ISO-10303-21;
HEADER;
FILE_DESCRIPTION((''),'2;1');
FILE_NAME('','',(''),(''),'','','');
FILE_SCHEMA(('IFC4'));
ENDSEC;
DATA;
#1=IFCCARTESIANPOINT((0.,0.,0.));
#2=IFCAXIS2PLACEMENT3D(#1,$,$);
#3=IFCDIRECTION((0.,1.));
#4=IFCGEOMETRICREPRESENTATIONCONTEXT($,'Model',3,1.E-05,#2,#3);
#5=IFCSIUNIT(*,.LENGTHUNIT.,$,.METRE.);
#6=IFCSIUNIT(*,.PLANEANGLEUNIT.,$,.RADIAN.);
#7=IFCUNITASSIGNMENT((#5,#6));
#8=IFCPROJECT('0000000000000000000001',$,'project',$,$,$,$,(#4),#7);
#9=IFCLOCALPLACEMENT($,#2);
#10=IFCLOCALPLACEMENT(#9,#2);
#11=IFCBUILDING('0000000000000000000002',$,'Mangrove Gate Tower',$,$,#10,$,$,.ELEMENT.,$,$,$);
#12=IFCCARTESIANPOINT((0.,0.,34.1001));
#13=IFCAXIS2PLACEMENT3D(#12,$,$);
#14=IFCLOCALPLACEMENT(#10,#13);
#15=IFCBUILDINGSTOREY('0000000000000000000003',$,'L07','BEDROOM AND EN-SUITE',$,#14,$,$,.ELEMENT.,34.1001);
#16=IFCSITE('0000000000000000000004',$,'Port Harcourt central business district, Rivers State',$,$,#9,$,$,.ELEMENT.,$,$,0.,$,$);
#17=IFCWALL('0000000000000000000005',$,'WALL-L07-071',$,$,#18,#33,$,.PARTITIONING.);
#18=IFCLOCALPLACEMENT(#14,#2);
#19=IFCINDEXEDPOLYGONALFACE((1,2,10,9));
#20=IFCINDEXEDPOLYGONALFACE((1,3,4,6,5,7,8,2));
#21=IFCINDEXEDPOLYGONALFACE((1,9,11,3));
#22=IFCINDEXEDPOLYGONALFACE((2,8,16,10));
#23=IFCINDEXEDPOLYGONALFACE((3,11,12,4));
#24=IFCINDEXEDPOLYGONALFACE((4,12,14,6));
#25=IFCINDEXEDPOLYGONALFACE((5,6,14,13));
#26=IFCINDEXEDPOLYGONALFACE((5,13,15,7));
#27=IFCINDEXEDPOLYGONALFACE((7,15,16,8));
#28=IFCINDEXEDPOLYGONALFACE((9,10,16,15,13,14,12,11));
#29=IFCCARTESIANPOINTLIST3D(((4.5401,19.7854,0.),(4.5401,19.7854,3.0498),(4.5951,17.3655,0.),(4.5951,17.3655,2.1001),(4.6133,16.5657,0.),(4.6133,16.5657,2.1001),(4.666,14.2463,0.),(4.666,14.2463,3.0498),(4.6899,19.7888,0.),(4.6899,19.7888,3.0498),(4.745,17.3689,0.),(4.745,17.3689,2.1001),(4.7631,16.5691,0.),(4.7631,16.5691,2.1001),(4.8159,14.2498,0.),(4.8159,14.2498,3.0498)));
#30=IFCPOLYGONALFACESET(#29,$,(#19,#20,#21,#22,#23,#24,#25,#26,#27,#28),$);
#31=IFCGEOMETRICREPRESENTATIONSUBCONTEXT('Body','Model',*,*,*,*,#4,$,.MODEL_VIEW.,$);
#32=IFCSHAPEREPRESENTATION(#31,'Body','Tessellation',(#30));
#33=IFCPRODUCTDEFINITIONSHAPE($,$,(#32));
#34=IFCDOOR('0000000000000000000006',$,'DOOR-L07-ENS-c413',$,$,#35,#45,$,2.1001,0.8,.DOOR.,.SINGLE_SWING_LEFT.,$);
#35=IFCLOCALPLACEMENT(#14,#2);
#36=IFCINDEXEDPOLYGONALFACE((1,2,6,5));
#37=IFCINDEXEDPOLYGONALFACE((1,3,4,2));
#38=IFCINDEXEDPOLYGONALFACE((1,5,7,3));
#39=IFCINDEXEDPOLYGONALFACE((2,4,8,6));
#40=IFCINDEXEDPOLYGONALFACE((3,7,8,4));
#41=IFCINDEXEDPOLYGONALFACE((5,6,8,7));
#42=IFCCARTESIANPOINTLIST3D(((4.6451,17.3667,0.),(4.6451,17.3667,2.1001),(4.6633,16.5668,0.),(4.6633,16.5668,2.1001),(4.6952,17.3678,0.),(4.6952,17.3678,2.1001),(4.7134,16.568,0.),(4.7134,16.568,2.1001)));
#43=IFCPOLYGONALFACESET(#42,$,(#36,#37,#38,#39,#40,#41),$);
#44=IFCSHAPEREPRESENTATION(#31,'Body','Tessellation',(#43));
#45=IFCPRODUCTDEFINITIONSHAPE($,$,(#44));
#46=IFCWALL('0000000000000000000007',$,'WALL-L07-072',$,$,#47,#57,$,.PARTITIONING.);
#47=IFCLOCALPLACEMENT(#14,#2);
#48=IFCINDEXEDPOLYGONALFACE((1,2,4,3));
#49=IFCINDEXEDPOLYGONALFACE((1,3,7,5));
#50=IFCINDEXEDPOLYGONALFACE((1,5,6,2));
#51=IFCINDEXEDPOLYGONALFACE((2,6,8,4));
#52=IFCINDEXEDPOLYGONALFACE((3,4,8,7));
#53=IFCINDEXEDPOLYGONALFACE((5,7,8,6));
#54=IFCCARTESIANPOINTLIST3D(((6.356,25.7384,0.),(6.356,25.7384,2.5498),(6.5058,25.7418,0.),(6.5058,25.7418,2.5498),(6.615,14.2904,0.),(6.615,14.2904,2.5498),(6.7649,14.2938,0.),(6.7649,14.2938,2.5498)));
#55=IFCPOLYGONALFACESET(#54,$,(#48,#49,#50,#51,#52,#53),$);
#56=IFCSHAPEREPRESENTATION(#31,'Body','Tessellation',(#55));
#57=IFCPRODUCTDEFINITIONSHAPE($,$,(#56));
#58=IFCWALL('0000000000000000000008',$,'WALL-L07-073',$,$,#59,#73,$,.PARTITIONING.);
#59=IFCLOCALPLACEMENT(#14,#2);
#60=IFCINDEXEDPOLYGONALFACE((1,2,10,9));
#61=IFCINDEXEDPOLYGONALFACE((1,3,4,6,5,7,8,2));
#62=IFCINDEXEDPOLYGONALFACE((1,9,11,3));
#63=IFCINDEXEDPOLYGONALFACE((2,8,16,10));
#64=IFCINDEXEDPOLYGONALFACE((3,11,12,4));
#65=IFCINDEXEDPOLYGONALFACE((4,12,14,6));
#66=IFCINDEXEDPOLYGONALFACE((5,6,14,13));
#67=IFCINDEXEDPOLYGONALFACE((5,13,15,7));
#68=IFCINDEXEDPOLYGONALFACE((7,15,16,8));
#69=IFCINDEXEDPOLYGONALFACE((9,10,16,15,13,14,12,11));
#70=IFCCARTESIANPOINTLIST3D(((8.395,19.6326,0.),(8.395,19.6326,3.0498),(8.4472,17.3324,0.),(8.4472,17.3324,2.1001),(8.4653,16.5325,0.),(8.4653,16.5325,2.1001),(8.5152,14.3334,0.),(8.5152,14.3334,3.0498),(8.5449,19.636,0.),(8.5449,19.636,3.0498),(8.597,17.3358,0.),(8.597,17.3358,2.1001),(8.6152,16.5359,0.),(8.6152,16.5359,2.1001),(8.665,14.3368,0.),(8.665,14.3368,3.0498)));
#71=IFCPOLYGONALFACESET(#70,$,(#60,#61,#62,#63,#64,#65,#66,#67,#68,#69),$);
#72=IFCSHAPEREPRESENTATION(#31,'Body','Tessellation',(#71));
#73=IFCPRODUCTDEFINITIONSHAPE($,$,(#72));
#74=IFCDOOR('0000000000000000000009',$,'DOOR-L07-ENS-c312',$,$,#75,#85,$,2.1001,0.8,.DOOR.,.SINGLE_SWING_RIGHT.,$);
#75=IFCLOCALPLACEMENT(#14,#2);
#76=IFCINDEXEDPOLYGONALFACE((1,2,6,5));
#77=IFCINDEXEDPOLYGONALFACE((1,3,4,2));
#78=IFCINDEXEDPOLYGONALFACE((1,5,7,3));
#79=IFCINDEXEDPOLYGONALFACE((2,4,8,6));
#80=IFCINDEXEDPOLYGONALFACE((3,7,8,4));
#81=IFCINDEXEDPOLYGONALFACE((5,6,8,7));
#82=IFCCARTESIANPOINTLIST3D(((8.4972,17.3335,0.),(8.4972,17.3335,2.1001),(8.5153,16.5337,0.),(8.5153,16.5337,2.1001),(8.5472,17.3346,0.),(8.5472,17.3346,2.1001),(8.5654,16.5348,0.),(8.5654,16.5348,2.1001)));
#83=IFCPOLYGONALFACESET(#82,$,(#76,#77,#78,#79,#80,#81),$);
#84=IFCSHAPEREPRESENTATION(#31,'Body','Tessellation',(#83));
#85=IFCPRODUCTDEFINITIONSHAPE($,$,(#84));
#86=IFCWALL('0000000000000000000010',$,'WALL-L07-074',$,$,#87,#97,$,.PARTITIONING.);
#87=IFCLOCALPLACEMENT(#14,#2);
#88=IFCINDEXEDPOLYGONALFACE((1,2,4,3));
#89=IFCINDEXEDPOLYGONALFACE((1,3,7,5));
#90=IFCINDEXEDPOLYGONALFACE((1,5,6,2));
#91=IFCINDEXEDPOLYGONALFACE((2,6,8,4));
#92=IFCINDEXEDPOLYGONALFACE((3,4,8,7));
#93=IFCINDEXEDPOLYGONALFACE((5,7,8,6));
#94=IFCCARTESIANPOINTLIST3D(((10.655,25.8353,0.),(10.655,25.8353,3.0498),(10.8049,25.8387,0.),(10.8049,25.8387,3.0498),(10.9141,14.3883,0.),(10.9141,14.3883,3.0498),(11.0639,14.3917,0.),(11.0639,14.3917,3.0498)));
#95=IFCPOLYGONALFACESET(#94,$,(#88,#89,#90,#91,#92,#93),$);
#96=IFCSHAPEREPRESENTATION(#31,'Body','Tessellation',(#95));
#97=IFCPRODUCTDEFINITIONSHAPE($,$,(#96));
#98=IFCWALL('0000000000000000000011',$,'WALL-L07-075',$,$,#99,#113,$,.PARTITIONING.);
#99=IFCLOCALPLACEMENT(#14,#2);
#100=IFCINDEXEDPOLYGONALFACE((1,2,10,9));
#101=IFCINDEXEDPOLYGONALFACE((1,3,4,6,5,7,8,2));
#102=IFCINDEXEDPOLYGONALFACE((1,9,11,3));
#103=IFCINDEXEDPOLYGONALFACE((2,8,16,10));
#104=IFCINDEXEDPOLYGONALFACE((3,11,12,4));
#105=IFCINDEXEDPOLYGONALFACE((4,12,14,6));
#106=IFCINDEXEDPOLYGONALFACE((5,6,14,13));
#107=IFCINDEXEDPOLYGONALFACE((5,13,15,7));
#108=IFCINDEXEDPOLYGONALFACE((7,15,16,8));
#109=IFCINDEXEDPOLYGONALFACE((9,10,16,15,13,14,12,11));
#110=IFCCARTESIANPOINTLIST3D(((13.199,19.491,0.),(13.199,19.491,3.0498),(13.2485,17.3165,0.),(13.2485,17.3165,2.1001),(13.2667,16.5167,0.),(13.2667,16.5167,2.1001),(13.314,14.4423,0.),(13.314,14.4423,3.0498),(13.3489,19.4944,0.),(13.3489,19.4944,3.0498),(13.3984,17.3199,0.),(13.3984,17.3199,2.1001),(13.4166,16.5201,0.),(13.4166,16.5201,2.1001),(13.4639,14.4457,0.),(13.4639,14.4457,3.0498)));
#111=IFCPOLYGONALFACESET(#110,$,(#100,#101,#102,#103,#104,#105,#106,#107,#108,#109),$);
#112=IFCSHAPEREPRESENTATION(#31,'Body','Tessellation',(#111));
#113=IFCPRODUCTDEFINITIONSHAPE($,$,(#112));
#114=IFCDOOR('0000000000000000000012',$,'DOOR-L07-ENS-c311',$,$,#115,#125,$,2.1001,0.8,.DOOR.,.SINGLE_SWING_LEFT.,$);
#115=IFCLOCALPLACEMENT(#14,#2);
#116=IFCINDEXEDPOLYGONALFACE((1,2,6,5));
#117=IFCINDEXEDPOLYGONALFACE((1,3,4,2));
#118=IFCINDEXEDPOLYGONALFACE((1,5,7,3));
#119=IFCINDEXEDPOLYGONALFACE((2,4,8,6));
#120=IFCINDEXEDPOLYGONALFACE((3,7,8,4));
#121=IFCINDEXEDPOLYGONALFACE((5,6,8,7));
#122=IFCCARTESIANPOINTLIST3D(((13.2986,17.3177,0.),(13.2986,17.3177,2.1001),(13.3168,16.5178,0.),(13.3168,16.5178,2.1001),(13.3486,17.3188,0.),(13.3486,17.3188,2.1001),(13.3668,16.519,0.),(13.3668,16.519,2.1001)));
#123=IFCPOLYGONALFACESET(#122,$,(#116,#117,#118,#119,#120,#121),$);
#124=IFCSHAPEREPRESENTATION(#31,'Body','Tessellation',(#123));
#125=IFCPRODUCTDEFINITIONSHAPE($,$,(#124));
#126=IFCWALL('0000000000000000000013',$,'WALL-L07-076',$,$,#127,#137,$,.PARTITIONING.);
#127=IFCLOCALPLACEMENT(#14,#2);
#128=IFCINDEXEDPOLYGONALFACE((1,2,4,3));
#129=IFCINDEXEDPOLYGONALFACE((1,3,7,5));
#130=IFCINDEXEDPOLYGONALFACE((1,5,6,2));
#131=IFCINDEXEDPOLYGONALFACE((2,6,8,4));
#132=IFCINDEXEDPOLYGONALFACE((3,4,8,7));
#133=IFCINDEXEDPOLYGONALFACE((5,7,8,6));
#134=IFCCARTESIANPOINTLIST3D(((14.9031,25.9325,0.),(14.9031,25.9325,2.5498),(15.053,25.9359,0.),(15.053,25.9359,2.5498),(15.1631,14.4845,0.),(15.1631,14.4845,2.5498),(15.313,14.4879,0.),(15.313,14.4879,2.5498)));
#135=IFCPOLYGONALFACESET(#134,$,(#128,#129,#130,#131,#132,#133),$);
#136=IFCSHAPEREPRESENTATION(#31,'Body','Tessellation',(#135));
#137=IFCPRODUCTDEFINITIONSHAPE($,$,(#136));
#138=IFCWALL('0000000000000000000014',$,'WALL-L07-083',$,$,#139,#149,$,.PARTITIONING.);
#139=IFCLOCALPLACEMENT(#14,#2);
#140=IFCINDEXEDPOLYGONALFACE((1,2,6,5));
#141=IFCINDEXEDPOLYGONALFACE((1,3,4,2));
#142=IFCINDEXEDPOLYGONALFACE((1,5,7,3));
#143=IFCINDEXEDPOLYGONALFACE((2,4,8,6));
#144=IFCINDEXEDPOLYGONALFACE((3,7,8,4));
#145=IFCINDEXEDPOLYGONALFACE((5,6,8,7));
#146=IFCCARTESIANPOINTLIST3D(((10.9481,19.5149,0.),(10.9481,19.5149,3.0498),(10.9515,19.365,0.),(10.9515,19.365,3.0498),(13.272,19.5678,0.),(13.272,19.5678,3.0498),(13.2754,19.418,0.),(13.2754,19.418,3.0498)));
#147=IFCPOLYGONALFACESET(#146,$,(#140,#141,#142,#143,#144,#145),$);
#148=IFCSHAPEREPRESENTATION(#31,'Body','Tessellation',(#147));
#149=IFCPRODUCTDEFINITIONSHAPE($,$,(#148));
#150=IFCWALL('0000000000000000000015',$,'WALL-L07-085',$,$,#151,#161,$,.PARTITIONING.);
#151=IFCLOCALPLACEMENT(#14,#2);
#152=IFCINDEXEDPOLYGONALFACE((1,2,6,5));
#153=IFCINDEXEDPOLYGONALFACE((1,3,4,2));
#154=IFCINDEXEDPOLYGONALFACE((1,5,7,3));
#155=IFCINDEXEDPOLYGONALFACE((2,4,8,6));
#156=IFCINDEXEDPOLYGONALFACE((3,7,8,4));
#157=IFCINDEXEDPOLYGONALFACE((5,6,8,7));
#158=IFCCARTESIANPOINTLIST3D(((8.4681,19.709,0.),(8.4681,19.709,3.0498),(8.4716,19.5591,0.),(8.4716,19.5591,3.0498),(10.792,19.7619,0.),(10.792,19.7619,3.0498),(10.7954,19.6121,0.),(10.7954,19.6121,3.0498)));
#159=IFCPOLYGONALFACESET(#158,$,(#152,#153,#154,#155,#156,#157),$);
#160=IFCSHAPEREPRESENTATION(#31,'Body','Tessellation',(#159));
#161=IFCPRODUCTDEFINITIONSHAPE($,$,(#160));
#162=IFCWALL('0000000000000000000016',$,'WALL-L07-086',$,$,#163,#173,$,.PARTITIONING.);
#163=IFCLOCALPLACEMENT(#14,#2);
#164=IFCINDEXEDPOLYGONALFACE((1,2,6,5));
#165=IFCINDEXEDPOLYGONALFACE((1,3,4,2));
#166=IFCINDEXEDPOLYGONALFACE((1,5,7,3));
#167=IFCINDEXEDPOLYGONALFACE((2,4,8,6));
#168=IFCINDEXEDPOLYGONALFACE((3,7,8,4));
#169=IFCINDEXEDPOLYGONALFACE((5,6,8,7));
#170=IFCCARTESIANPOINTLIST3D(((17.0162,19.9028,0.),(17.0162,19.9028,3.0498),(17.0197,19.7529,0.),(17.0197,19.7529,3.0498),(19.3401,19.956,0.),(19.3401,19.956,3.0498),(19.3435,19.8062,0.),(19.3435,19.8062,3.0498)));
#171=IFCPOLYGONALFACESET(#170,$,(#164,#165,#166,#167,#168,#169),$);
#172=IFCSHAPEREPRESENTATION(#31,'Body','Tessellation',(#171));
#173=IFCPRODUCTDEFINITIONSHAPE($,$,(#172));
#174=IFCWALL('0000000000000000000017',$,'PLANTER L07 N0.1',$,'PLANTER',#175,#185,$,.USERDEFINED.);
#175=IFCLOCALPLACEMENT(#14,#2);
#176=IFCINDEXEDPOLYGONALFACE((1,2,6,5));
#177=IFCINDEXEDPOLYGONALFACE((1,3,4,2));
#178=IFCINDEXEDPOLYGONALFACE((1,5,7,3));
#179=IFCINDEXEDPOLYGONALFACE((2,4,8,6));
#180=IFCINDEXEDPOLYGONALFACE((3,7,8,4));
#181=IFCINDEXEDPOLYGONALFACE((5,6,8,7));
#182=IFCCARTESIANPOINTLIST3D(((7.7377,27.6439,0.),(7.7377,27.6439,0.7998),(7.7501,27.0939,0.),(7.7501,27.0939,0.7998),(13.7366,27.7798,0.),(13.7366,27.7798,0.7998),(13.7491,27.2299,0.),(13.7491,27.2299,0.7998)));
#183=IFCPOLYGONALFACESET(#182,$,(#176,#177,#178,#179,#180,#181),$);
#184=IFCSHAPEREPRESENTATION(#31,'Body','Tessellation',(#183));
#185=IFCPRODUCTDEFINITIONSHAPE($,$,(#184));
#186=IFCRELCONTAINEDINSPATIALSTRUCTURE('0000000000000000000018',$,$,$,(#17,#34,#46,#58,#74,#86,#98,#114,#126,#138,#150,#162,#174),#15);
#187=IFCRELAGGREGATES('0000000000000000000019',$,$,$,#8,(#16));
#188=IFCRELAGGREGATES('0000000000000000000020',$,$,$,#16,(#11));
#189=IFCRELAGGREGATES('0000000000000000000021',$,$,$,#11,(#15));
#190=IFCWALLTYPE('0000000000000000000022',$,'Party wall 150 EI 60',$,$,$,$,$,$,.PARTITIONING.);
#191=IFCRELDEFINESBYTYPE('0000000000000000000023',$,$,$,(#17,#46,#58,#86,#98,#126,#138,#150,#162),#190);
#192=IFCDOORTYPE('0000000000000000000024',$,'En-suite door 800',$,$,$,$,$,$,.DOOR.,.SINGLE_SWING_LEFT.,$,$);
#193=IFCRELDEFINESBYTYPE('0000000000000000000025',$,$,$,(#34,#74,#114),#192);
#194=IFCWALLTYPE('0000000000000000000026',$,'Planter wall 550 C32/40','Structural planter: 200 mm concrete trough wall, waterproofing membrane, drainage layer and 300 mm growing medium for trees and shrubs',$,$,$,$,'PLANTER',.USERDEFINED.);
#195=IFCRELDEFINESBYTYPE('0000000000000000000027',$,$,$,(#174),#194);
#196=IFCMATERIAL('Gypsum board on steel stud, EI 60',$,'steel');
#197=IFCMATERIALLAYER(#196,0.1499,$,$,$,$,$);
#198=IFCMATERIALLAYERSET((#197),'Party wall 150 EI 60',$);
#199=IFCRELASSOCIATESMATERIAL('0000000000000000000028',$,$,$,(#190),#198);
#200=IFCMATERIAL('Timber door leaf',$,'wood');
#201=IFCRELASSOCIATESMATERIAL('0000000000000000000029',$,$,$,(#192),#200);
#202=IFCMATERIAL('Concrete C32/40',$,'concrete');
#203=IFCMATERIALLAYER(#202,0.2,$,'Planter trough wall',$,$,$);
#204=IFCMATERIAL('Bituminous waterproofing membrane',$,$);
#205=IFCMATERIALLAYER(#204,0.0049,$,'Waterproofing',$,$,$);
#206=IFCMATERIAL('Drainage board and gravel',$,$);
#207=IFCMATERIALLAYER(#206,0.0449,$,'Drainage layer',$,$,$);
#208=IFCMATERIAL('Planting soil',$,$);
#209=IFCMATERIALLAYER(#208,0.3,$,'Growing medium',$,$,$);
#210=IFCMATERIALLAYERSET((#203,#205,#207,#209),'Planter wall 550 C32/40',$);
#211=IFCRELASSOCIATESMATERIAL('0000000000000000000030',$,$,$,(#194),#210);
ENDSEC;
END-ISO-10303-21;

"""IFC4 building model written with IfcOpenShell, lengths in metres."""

from ifc_helpers import new_model, si_unit, direction, frame, frame_2d, origin, place, context, subcontext, project, spatial, rectangle, extrude, material, layer, layer_set, type_object, element, fill, save


model = new_model("IFC4")

# Units and contexts
model_context = context("Model", 3, precision=1e-05, world=origin(), true_north=direction((0.0, 1.0)))
body_context = subcontext(model_context, "Body", "Model", "MODEL_VIEW")
ifc_project = project(units=[si_unit("LENGTHUNIT", "METRE"), si_unit("PLANEANGLEUNIT", "RADIAN")], contexts=[model_context])

# Site, building, storey
site_placement = place(None, origin())
site = spatial("IfcSite", under=ifc_project, at=site_placement, Name="Port Harcourt central business district, Rivers State", CompositionType="ELEMENT", RefElevation=0.0)
building_placement = place(site_placement, origin())
building = spatial("IfcBuilding", under=site, at=building_placement, Name="Mangrove Gate Tower", CompositionType="ELEMENT")
storey_placement = place(building_placement, frame((0.0, 0.0, 34.1001)))
storey = spatial("IfcBuildingStorey", under=building, at=storey_placement, Name="L07", Description="BEDROOM AND EN-SUITE", CompositionType="ELEMENT", Elevation=34.1001)

# Shared definitions
ifc_material_1 = material(Name="Gypsum board on steel stud, EI 60", Category="steel")
ifc_layer_1 = layer(ifc_material_1, 0.1499)
ifc_layer_set_1 = layer_set([ifc_layer_1], Name="Party wall 150 EI 60")
wall_type_1 = type_object("IfcWallType", Name="Party wall 150 EI 60", PredefinedType="PARTITIONING", material=ifc_layer_set_1)
ifc_material_2 = material(Name="Timber door leaf", Category="wood")
door_type_1 = type_object("IfcDoorType", Name="En-suite door 800", OperationType="SINGLE_SWING_LEFT", PredefinedType="DOOR", material=ifc_material_2)

# Wall, opening, door
wall_1_placement = place(storey_placement, frame((4.741, 14.248, 0.0), z_axis=(0.0, 0.0, 1.0), x_axis=(-0.022737, 0.999741, 0.0)))
wall_1 = element("IfcWall", 1, at=wall_1_placement, inside=storey, type_object=wall_type_1, Name="WALL-L07-071", PredefinedType="PARTITIONING", context=body_context, shape_type="SweptSolid", body=[
    extrude(rectangle(XDim=5.5405, YDim=0.1499, at=frame_2d((2.7703, 0.0))), origin(), (0.0, 0.0, 1.0), 3.0498),
])
opening_1_placement = place(wall_1_placement, frame((2.3201, 0.0, 0.0)))
opening_1 = element("IfcOpeningElement", 2, at=opening_1_placement, cuts=wall_1, PredefinedType="OPENING", context=body_context, shape_type="SweptSolid", body=[
    extrude(rectangle(XDim=0.8, YDim=2.1001, at=frame_2d((0.3999, 1.05))), frame((0.0, 0.085, 0.0), z_axis=(0.0, -1.0, 0.0), x_axis=(1.0, 0.0, 0.0)), (0.0, 0.0, 1.0), 0.1699),
])
door_1_placement = place(opening_1_placement, origin())
door_1 = element("IfcDoor", 3, at=door_1_placement, inside=storey, type_object=door_type_1, Name="DOOR-L07-ENS-c413", OperationType="SINGLE_SWING_LEFT", OverallHeight=2.1001, OverallWidth=0.8, PredefinedType="DOOR", context=body_context, shape_type="SweptSolid", body=[
    extrude(rectangle(XDim=0.8, YDim=2.1001, at=frame_2d((0.3999, 1.05))), frame((0.0, 0.0249, 0.0), z_axis=(0.0, -1.0, 0.0), x_axis=(1.0, 0.0, 0.0)), (0.0, 0.0, 1.0), 0.05),
])
fill(opening_1, door_1)

# Wall
wall_2_placement = place(storey_placement, frame((6.6899, 14.292, 0.0), z_axis=(0.0, 0.0, 1.0), x_axis=(-0.022621, 0.999744, 0.0)))
element("IfcWall", 4, at=wall_2_placement, inside=storey, type_object=wall_type_1, Name="WALL-L07-072", PredefinedType="PARTITIONING", context=body_context, shape_type="SweptSolid", body=[
    extrude(rectangle(XDim=11.4509, YDim=0.1499, at=frame_2d((5.7256, 0.0))), origin(), (0.0, 0.0, 1.0), 2.5498),
])

# Wall, opening, door
wall_3_placement = place(storey_placement, frame((8.5901, 14.335, 0.0), z_axis=(0.0, 0.0, 1.0), x_axis=(-0.022662, 0.999743, 0.0)))
wall_3 = element("IfcWall", 5, at=wall_3_placement, inside=storey, type_object=wall_type_1, Name="WALL-L07-073", PredefinedType="PARTITIONING", context=body_context, shape_type="SweptSolid", body=[
    extrude(rectangle(XDim=5.3005, YDim=0.1499, at=frame_2d((2.6504, 0.0))), origin(), (0.0, 0.0, 1.0), 3.0498),
])
opening_2_placement = place(wall_3_placement, frame((2.2, 0.0, 0.0)))
opening_2 = element("IfcOpeningElement", 6, at=opening_2_placement, cuts=wall_3, PredefinedType="OPENING", context=body_context, shape_type="SweptSolid", body=[
    extrude(rectangle(XDim=0.8, YDim=2.1001, at=frame_2d((0.3999, 1.05))), frame((0.0, 0.085, 0.0), z_axis=(0.0, -1.0, 0.0), x_axis=(1.0, 0.0, 0.0)), (0.0, 0.0, 1.0), 0.1699),
])
door_2_placement = place(opening_2_placement, origin())
door_2 = element("IfcDoor", 7, at=door_2_placement, inside=storey, type_object=door_type_1, Name="DOOR-L07-ENS-c312", OperationType="SINGLE_SWING_RIGHT", OverallHeight=2.1001, OverallWidth=0.8, PredefinedType="DOOR", context=body_context, shape_type="SweptSolid", body=[
    extrude(rectangle(XDim=0.8, YDim=2.1001, at=frame_2d((0.3999, 1.05))), frame((0.0, 0.0249, 0.0), z_axis=(0.0, -1.0, 0.0), x_axis=(1.0, 0.0, 0.0)), (0.0, 0.0, 1.0), 0.05),
])
fill(opening_2, door_2)

# Wall
wall_4_placement = place(storey_placement, frame((10.989, 14.3899, 0.0), z_axis=(0.0, 0.0, 1.0), x_axis=(-0.022623, 0.999744, 0.0)))
element("IfcWall", 8, at=wall_4_placement, inside=storey, type_object=wall_type_1, Name="WALL-L07-074", PredefinedType="PARTITIONING", context=body_context, shape_type="SweptSolid", body=[
    extrude(rectangle(XDim=11.45, YDim=0.1499, at=frame_2d((5.7251, 0.0))), origin(), (0.0, 0.0, 1.0), 3.0498),
])

# Wall, opening, door
wall_5_placement = place(storey_placement, frame((13.3889, 14.4441, 0.0), z_axis=(0.0, 0.0, 1.0), x_axis=(-0.02277, 0.999741, 0.0)))
wall_5 = element("IfcWall", 9, at=wall_5_placement, inside=storey, type_object=wall_type_1, Name="WALL-L07-075", PredefinedType="PARTITIONING", context=body_context, shape_type="SweptSolid", body=[
    extrude(rectangle(XDim=5.05, YDim=0.1499, at=frame_2d((2.5249, 0.0))), origin(), (0.0, 0.0, 1.0), 3.0498),
])
opening_3_placement = place(wall_5_placement, frame((2.075, 0.0, 0.0)))
opening_3 = element("IfcOpeningElement", 10, at=opening_3_placement, cuts=wall_5, PredefinedType="OPENING", context=body_context, shape_type="SweptSolid", body=[
    extrude(rectangle(XDim=0.8, YDim=2.1001, at=frame_2d((0.3999, 1.05))), frame((0.0, 0.085, 0.0), z_axis=(0.0, -1.0, 0.0), x_axis=(1.0, 0.0, 0.0)), (0.0, 0.0, 1.0), 0.1699),
])
door_3_placement = place(opening_3_placement, origin())
door_3 = element("IfcDoor", 11, at=door_3_placement, inside=storey, type_object=door_type_1, Name="DOOR-L07-ENS-c311", OperationType="SINGLE_SWING_LEFT", OverallHeight=2.1001, OverallWidth=0.8, PredefinedType="DOOR", context=body_context, shape_type="SweptSolid", body=[
    extrude(rectangle(XDim=0.8, YDim=2.1001, at=frame_2d((0.3999, 1.05))), frame((0.0, 0.0249, 0.0), z_axis=(0.0, -1.0, 0.0), x_axis=(1.0, 0.0, 0.0)), (0.0, 0.0, 1.0), 0.05),
])
fill(opening_3, door_3)

# Walls
wall_6_placement = place(storey_placement, frame((15.238, 14.4861, 0.0), z_axis=(0.0, 0.0, 1.0), x_axis=(-0.022706, 0.999742, 0.0)))
element("IfcWall", 12, at=wall_6_placement, inside=storey, type_object=wall_type_1, Name="WALL-L07-076", PredefinedType="PARTITIONING", context=body_context, shape_type="SweptSolid", body=[
    extrude(rectangle(XDim=11.4509, YDim=0.1499, at=frame_2d((5.7256, 0.0))), origin(), (0.0, 0.0, 1.0), 2.5498),
])
for number, where, z_axis, x_axis, name in (
    (13, (10.95, 19.4399, 0.0), (0.0, 0.0, 1.0), (0.99974, 0.022791, 0.0), "WALL-L07-083"),
    (14, (8.47, 19.634, 0.0), (0.0, 0.0, 1.0), (0.99974, 0.022791, 0.0), "WALL-L07-085"),
    (15, (17.0181, 19.8279, 0.0), (0.0, 0.0, 1.0), (0.999738, 0.022896, 0.0), "WALL-L07-086"),
):
    element("IfcWall", number, at=place(storey_placement, frame(where, z_axis=z_axis, x_axis=x_axis)), inside=storey, type_object=wall_type_1, Name=name, PredefinedType="PARTITIONING", context=body_context, shape_type="SweptSolid", body=[
        extrude(rectangle(XDim=2.3245, YDim=0.1499, at=frame_2d((1.1621, 0.0))), origin(), (0.0, 0.0, 1.0), 3.0498),
    ])
ifc_material_3 = material(Name="Concrete C32/40", Category="concrete")
ifc_layer_2 = layer(ifc_material_3, 0.2, Name="Planter trough wall")
ifc_material_4 = material(Name="Bituminous waterproofing membrane")
ifc_layer_3 = layer(ifc_material_4, 0.0049, Name="Waterproofing")
ifc_material_5 = material(Name="Drainage board and gravel")
ifc_layer_4 = layer(ifc_material_5, 0.0449, Name="Drainage layer")
ifc_material_6 = material(Name="Planting soil")
ifc_layer_5 = layer(ifc_material_6, 0.3, Name="Growing medium")
ifc_layer_set_2 = layer_set([ifc_layer_2, ifc_layer_3, ifc_layer_4, ifc_layer_5], Name="Planter wall 550 C32/40")
wall_type_2 = type_object("IfcWallType", Name="Planter wall 550 C32/40", Description="Structural planter: 200 mm concrete trough wall, waterproofing membrane, drainage layer and 300 mm growing medium for trees and shrubs", ElementType="PLANTER", PredefinedType="USERDEFINED", material=ifc_layer_set_2)
wall_7_placement = place(storey_placement, frame((7.7439, 27.3689, 0.0), z_axis=(0.0, 0.0, 1.0), x_axis=(0.999743, 0.022662, 0.0)))
element("IfcWall", 16, at=wall_7_placement, inside=storey, type_object=wall_type_2, Name="PLANTER L07 N0.1", ObjectType="PLANTER", PredefinedType="USERDEFINED", context=body_context, shape_type="SweptSolid", body=[
    extrude(rectangle(XDim=6.0005, YDim=0.55, at=frame_2d((3.0002, 0.0))), origin(), (0.0, 0.0, 1.0), 0.7998),
])

save(model, "model.ifc")
